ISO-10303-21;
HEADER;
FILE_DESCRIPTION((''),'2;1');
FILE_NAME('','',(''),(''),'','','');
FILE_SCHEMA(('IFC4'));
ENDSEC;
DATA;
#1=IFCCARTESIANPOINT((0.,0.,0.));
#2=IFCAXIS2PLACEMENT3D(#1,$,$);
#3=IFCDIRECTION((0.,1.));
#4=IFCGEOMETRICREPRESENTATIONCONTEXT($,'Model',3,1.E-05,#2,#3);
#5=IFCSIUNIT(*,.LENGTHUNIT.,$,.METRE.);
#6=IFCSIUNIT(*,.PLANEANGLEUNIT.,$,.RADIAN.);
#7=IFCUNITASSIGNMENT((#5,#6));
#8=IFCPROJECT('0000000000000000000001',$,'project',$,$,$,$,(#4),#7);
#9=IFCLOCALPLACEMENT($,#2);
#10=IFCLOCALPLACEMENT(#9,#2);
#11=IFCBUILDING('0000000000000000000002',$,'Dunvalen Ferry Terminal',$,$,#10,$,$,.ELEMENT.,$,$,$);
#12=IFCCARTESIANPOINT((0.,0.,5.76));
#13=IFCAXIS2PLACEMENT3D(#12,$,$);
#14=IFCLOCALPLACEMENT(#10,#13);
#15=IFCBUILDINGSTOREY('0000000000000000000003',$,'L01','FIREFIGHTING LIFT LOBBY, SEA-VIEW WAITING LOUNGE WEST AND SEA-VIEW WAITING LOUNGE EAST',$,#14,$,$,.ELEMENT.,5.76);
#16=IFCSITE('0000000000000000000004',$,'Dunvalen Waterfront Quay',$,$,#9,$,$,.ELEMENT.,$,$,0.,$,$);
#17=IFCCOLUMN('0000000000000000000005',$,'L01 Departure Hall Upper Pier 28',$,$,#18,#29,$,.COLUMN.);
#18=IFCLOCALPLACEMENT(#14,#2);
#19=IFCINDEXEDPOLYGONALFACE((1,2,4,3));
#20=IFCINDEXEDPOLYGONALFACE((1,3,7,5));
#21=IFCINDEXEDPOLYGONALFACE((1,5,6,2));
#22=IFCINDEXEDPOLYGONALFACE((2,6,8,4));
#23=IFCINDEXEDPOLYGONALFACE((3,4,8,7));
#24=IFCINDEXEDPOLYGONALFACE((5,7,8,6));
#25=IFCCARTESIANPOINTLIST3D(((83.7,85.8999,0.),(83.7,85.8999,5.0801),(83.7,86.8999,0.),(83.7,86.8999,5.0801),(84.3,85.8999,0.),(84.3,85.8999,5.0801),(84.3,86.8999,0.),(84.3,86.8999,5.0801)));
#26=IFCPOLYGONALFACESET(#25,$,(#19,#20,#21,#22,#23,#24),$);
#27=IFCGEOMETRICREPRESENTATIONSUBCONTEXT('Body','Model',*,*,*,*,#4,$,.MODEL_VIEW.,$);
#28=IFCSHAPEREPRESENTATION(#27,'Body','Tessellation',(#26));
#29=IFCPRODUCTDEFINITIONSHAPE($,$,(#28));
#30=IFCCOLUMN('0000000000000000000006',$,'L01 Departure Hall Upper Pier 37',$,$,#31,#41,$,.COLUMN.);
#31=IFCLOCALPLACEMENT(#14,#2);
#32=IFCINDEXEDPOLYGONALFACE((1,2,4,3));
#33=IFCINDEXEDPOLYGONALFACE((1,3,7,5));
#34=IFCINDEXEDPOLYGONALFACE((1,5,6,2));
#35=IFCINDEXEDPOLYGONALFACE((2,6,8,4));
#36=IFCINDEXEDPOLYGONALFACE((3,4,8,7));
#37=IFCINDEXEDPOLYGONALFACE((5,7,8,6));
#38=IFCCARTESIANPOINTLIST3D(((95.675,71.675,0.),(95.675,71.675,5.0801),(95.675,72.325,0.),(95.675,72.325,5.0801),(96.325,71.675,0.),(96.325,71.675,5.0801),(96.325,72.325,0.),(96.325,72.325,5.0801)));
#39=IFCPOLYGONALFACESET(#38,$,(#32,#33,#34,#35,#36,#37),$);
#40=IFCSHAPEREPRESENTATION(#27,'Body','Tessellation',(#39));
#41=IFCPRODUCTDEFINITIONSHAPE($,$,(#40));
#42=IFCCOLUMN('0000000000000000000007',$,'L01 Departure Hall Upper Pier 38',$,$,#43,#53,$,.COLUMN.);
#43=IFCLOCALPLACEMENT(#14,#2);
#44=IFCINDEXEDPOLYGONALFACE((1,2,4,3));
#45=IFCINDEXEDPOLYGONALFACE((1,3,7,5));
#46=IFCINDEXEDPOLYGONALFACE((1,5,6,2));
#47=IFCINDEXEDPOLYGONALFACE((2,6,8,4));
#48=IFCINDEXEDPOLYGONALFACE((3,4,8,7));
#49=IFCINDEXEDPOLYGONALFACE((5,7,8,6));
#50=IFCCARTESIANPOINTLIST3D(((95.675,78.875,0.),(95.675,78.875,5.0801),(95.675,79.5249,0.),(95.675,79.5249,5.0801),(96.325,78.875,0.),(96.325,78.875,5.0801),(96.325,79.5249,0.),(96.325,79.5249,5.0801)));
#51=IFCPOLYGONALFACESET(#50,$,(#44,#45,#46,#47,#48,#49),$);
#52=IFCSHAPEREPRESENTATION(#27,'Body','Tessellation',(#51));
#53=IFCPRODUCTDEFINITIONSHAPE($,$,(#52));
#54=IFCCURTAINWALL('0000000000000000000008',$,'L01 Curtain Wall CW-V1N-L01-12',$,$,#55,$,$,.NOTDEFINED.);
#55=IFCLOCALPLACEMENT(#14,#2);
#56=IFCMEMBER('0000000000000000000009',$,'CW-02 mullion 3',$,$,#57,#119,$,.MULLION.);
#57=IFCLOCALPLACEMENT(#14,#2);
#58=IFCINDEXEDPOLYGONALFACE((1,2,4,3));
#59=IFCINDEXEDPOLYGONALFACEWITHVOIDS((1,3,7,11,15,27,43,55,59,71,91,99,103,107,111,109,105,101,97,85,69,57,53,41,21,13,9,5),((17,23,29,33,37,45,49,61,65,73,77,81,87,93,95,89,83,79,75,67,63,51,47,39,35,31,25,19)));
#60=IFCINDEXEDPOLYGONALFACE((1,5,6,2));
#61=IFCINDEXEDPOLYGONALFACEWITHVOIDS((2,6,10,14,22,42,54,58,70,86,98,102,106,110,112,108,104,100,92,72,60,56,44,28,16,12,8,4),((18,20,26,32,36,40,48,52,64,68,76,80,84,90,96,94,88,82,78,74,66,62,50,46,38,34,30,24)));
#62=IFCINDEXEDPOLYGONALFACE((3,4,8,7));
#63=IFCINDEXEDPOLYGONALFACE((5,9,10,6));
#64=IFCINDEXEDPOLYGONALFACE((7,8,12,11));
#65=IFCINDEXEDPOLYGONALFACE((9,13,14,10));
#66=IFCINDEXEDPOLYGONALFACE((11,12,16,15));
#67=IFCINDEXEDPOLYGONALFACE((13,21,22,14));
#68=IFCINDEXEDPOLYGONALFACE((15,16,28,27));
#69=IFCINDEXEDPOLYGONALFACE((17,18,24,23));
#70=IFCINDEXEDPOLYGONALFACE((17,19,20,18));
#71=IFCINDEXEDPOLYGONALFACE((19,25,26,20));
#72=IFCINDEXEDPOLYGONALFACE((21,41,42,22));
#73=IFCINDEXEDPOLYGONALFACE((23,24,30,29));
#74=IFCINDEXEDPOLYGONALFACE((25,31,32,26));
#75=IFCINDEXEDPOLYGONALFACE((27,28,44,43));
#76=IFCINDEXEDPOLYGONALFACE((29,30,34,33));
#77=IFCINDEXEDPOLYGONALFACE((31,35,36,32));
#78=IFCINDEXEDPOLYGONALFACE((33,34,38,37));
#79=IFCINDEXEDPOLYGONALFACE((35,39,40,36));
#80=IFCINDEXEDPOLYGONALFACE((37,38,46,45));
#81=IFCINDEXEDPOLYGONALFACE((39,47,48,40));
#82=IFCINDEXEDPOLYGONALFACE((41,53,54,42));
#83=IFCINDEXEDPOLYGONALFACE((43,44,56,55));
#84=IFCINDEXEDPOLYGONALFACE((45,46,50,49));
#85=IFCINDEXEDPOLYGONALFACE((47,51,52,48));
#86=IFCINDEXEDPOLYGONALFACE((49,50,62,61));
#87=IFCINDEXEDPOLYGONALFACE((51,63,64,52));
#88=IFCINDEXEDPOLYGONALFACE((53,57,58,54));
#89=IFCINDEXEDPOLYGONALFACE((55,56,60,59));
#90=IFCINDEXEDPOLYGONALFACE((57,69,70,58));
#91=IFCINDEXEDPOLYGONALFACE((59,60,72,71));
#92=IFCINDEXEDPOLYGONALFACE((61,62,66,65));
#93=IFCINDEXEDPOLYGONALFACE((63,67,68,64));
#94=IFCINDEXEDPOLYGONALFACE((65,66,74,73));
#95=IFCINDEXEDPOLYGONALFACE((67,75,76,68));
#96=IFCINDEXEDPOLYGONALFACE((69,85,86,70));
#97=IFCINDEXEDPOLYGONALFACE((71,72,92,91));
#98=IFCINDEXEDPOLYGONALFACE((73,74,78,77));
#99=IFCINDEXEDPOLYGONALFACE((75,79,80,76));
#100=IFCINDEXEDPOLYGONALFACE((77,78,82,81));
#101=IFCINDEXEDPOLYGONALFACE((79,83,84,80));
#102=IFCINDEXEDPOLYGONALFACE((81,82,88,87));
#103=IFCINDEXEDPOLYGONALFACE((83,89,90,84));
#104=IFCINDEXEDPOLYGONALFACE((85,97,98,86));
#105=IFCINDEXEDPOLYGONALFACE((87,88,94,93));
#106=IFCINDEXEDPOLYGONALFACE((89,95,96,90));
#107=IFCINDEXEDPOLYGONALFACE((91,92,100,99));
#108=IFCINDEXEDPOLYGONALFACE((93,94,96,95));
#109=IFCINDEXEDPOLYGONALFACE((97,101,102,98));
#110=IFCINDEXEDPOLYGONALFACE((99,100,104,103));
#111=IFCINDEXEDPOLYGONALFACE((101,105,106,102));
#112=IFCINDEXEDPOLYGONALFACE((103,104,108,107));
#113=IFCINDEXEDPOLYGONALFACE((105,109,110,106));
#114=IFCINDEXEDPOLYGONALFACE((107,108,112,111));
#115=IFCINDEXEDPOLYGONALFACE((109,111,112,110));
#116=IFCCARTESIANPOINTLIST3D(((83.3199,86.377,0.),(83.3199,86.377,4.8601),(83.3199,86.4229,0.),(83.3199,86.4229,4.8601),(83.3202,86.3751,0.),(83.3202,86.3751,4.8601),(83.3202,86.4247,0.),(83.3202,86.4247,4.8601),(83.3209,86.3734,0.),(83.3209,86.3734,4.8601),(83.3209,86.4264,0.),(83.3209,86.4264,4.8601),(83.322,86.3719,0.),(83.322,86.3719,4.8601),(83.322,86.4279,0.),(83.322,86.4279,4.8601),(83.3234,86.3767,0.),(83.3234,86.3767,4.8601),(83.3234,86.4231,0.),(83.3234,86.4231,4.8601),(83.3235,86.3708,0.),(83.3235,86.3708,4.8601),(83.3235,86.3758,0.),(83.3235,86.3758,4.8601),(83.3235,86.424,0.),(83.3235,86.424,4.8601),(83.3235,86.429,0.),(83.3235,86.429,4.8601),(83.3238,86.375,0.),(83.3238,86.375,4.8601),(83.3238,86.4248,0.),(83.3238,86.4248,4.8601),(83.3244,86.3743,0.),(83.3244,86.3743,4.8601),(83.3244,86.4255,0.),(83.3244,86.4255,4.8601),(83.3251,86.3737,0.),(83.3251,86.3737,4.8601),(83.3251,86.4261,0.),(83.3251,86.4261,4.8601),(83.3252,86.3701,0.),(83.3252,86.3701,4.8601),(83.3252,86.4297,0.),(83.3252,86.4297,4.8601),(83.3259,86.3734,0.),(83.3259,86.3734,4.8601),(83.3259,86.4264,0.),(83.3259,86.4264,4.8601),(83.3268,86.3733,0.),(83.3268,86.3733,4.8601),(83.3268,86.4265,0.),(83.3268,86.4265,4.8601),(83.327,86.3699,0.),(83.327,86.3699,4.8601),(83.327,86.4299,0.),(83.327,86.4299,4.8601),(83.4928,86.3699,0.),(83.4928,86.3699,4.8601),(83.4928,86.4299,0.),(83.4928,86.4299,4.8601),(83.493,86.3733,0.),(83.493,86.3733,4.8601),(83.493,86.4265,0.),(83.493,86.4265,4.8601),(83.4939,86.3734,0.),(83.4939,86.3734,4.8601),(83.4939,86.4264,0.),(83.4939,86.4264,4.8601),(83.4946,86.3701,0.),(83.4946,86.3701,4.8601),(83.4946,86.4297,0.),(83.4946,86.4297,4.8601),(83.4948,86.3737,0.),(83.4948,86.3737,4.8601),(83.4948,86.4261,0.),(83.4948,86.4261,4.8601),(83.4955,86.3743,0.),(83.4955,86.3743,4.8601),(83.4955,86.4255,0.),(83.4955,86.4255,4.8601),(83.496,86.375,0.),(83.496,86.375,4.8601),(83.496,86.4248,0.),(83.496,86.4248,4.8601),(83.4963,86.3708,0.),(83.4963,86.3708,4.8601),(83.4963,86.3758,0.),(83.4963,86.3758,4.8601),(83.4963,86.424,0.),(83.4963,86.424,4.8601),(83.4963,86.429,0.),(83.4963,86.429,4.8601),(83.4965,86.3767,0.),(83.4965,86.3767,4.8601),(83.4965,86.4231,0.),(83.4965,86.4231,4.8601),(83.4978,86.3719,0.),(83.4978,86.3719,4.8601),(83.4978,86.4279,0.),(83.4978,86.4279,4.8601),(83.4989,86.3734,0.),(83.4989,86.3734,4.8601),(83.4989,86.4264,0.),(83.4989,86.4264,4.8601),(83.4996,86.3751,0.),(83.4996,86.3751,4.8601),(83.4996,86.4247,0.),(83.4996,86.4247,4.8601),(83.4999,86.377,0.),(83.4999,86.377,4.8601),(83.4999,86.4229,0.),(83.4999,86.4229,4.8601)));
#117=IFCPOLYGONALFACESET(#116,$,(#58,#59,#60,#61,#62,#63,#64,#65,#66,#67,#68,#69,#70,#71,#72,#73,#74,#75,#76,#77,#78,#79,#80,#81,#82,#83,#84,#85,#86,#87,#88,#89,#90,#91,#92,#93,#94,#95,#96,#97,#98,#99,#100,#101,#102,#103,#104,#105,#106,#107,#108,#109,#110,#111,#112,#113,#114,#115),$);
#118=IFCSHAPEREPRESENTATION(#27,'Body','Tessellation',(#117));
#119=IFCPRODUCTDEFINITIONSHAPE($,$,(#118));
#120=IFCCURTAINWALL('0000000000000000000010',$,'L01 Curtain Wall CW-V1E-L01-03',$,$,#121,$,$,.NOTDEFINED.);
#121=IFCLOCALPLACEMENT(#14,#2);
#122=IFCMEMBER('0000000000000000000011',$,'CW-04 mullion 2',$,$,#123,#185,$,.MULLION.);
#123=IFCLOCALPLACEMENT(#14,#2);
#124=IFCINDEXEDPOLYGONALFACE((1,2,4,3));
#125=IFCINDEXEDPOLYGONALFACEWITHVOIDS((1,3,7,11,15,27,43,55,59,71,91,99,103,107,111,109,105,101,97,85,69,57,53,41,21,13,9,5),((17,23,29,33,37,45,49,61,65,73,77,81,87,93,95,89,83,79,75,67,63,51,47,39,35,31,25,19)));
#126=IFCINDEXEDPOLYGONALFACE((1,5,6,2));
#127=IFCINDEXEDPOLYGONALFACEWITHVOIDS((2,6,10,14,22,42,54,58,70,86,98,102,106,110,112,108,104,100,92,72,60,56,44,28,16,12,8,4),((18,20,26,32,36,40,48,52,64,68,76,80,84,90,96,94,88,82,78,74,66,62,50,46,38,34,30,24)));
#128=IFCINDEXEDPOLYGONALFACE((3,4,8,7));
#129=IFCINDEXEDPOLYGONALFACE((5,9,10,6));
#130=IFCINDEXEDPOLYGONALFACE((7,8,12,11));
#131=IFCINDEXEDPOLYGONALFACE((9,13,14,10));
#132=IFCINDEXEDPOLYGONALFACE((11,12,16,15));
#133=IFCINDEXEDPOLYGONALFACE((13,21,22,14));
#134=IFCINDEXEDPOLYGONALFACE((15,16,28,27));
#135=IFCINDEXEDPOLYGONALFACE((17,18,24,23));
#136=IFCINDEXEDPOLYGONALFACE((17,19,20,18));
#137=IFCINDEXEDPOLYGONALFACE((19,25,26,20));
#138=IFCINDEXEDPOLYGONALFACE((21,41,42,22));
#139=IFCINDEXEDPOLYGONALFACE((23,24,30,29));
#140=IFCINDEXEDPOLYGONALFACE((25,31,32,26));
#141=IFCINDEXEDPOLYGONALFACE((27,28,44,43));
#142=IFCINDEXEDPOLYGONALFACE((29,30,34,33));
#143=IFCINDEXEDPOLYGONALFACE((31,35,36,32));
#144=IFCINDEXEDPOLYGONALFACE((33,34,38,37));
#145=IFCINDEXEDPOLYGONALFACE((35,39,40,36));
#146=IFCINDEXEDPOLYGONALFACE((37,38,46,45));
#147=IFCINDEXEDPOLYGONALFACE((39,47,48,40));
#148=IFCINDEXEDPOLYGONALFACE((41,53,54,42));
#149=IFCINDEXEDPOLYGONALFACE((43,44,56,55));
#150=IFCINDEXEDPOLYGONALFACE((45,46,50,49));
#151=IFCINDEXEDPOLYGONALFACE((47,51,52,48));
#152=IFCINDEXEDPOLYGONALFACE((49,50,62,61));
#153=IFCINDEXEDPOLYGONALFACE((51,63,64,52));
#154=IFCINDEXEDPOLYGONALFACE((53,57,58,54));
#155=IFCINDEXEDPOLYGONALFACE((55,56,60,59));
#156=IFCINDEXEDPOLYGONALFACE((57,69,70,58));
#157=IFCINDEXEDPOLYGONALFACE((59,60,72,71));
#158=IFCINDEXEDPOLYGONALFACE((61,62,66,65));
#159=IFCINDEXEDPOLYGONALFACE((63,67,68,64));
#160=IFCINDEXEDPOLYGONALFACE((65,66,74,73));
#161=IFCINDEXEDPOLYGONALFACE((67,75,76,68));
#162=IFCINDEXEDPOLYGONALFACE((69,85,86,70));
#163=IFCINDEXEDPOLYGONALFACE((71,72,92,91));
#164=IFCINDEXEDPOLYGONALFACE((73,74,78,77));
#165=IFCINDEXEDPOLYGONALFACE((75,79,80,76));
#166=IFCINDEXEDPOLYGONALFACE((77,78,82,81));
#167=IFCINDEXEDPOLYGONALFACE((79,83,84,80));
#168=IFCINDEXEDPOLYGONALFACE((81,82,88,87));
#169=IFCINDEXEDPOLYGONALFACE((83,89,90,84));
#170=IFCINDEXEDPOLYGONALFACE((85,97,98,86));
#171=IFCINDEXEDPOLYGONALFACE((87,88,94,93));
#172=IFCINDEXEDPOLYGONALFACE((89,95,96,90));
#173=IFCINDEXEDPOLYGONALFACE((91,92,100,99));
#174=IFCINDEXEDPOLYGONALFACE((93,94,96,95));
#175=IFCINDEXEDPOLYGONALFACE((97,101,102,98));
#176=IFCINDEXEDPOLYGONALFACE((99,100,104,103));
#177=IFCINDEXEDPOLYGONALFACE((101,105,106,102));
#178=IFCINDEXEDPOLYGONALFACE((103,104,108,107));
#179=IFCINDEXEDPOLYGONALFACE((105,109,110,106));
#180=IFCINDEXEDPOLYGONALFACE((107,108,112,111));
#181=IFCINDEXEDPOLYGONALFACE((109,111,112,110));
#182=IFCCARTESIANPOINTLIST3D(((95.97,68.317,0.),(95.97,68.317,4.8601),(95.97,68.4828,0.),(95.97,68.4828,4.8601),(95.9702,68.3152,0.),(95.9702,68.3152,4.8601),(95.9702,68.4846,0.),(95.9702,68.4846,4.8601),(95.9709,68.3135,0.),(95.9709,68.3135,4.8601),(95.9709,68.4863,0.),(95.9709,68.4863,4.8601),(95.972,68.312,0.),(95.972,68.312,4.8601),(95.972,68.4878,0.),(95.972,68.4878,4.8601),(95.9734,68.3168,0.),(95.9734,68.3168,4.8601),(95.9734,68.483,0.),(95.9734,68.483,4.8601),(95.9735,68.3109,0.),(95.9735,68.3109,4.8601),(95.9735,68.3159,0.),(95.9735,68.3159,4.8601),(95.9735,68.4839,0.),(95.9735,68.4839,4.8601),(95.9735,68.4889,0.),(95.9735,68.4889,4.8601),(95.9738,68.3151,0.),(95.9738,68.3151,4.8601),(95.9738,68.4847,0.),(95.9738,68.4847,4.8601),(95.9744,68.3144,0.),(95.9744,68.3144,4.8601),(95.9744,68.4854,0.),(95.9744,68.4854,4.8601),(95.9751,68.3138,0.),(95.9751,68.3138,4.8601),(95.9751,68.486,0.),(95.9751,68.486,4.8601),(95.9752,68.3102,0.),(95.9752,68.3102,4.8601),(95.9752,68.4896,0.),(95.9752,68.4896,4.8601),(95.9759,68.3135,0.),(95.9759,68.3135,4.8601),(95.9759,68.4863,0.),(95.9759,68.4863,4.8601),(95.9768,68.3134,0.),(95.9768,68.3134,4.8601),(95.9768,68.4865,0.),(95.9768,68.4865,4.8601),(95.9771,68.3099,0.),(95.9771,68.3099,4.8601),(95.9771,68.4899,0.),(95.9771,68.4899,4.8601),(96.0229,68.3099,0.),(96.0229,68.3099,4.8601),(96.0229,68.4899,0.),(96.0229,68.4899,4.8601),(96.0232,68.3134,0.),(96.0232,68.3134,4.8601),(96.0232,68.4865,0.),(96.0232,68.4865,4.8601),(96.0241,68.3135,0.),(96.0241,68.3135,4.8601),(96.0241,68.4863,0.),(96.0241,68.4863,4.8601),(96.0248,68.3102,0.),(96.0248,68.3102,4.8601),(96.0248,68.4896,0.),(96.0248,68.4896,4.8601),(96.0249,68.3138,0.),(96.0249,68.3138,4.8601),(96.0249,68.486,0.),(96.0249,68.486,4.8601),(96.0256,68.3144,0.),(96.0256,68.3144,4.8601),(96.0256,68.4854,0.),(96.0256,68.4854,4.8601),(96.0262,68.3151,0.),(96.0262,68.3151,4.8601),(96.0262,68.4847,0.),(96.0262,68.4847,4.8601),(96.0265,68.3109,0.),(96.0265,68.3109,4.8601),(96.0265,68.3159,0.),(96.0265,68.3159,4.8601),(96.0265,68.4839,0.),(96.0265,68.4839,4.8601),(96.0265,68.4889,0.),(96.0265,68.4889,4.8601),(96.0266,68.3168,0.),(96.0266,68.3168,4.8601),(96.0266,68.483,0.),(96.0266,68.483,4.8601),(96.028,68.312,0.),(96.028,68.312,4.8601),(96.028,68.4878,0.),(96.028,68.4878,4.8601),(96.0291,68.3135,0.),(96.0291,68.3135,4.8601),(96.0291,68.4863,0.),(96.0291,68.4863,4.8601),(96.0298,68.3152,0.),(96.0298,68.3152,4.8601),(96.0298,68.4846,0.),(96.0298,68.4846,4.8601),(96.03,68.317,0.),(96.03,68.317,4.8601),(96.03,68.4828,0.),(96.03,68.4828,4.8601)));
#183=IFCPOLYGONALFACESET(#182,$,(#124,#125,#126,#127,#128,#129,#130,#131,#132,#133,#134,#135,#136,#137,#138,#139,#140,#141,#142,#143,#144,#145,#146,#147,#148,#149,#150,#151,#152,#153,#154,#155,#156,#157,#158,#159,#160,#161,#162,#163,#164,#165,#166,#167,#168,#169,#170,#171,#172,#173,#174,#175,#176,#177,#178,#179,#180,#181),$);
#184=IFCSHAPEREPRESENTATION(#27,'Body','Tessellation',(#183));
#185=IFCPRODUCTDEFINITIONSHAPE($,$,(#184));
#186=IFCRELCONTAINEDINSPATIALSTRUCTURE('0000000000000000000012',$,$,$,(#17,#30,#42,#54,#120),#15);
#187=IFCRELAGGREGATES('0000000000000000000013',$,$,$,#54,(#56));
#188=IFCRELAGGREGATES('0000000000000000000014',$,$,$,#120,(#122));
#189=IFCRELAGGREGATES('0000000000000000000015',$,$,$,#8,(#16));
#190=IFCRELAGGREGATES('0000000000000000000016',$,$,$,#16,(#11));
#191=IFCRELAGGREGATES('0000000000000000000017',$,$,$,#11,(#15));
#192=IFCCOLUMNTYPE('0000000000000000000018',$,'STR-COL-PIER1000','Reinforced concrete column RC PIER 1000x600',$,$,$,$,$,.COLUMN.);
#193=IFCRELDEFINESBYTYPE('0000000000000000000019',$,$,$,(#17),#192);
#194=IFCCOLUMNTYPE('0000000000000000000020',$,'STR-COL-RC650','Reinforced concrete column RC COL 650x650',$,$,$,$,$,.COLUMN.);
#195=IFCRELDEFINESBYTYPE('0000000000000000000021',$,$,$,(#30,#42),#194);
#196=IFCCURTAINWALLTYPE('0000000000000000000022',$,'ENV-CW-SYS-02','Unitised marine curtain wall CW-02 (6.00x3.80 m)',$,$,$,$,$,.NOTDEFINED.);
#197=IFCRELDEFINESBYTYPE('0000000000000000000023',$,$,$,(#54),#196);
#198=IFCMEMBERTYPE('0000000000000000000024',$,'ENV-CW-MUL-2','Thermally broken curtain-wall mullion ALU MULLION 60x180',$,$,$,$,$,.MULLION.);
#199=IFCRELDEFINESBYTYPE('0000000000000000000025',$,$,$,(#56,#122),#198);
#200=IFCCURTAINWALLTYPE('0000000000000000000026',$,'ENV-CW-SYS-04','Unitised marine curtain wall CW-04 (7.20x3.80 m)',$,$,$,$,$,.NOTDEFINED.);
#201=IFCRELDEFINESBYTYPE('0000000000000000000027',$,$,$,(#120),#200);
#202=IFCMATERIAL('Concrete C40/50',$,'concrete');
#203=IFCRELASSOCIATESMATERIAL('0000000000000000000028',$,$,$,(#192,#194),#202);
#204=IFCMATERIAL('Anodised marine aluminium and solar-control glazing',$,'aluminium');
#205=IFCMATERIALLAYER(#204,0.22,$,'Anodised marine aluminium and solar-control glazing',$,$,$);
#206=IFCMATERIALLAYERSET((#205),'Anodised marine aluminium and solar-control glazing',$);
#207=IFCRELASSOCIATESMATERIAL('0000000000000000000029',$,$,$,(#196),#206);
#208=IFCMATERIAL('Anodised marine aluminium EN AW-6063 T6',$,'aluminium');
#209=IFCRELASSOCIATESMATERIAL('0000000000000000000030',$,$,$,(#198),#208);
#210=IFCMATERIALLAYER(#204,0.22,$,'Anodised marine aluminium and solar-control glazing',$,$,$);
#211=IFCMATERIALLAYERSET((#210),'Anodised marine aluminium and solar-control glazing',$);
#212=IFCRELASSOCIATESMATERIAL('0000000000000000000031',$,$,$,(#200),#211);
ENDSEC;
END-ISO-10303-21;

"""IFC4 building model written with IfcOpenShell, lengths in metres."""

from ifc_helpers import new_model, si_unit, direction, frame, origin, origin_2d, place, context, subcontext, project, spatial, rectangle, hollow_rectangle, extrude, material, layer, layer_set, material_profile, profile_set, type_object, element, aggregate, save


model = new_model("IFC4")

# Units and contexts
model_context = context("Model", 3, precision=1e-05, world=origin(), true_north=direction((0.0, 1.0)))
body_context = subcontext(model_context, "Body", "Model", "MODEL_VIEW")
ifc_project = project(units=[si_unit("LENGTHUNIT", "METRE"), si_unit("PLANEANGLEUNIT", "RADIAN")], contexts=[model_context])

# Site, building, storey
site_placement = place(None, origin())
site = spatial("IfcSite", under=ifc_project, at=site_placement, Name="Dunvalen Waterfront Quay", CompositionType="ELEMENT", RefElevation=0.0)
building_placement = place(site_placement, origin())
building = spatial("IfcBuilding", under=site, at=building_placement, Name="Dunvalen Ferry Terminal", CompositionType="ELEMENT")
storey_placement = place(building_placement, frame((0.0, 0.0, 5.76)))
storey = spatial("IfcBuildingStorey", under=building, at=storey_placement, Name="L01", Description="FIREFIGHTING LIFT LOBBY, SEA-VIEW WAITING LOUNGE WEST AND SEA-VIEW WAITING LOUNGE EAST", CompositionType="ELEMENT", Elevation=5.76)

# Columns
ifc_material_1 = material(Name="Concrete C40/50", Category="concrete")
ifc_material_profile_1 = material_profile(ifc_material_1, rectangle(XDim=0.6001, YDim=1.0, at=origin_2d()), Name="Concrete C40/50")
ifc_profile_set_1 = profile_set([ifc_material_profile_1], Name="Concrete C40/50")
column_type_1 = type_object("IfcColumnType", Name="STR-COL-PIER1000", Description="Reinforced concrete column RC PIER 1000x600", PredefinedType="COLUMN", material=ifc_profile_set_1)
column_placement = place(storey_placement, frame((84.0, 86.3999, 0.0), z_axis=(0.0, 0.0, 1.0), x_axis=(1.0, 0.0, 0.0)))
element("IfcColumn", 1, at=column_placement, inside=storey, type_object=column_type_1, Name="L01 Departure Hall Upper Pier 28", PredefinedType="COLUMN", context=body_context, shape_type="SweptSolid", body=[
    extrude(rectangle(XDim=0.6001, YDim=1.0, at=origin_2d()), origin(), (0.0, 0.0, 1.0), 5.0801),
])
ifc_material_profile_2 = material_profile(ifc_material_1, rectangle(XDim=0.6499, YDim=0.6499, at=origin_2d()), Name="Concrete C40/50")
ifc_profile_set_2 = profile_set([ifc_material_profile_2], Name="Concrete C40/50")
column_type_2 = type_object("IfcColumnType", Name="STR-COL-RC650", Description="Reinforced concrete column RC COL 650x650", PredefinedType="COLUMN", material=ifc_profile_set_2)
for number, where, z_axis, x_axis, name in (
    (2, (96.0, 72.0, 0.0), (0.0, 0.0, 1.0), (1.0, 0.0, 0.0), "L01 Departure Hall Upper Pier 37"),
    (3, (96.0, 79.2, 0.0), (0.0, 0.0, 1.0), (1.0, 0.0, 0.0), "L01 Departure Hall Upper Pier 38"),
):
    element("IfcColumn", number, at=place(storey_placement, frame(where, z_axis=z_axis, x_axis=x_axis)), inside=storey, type_object=column_type_2, Name=name, PredefinedType="COLUMN", context=body_context, shape_type="SweptSolid", body=[
        extrude(rectangle(XDim=0.6499, YDim=0.6499, at=origin_2d()), origin(), (0.0, 0.0, 1.0), 5.0801),
    ])

# Curtain wall, member
ifc_material_2 = material(Name="Anodised marine aluminium and solar-control glazing", Category="aluminium")
ifc_layer_1 = layer(ifc_material_2, 0.22, Name="Anodised marine aluminium and solar-control glazing")
ifc_layer_set_1 = layer_set([ifc_layer_1], Name="Anodised marine aluminium and solar-control glazing")
curtain_wall_type_1 = type_object("IfcCurtainWallType", Name="ENV-CW-SYS-02", Description="Unitised marine curtain wall CW-02 (6.00x3.80 m)", PredefinedType="NOTDEFINED", material=ifc_layer_set_1)
curtain_wall_1_placement = place(storey_placement, origin())
curtain_wall_1 = element("IfcCurtainWall", 4, at=curtain_wall_1_placement, inside=storey, type_object=curtain_wall_type_1, Name="L01 Curtain Wall CW-V1N-L01-12", PredefinedType="NOTDEFINED")
ifc_material_3 = material(Name="Anodised marine aluminium EN AW-6063 T6", Category="aluminium")
ifc_material_profile_3 = material_profile(ifc_material_3, hollow_rectangle(XDim=0.0601, YDim=0.1799, WallThickness=0.0034, InnerFilletRadius=0.0034, OuterFilletRadius=0.0071, at=origin_2d()), Name="Anodised marine aluminium EN AW-6063 T6")
ifc_profile_set_3 = profile_set([ifc_material_profile_3], Name="Anodised marine aluminium EN AW-6063 T6")
member_type_1 = type_object("IfcMemberType", Name="ENV-CW-MUL-2", Description="Thermally broken curtain-wall mullion ALU MULLION 60x180", PredefinedType="MULLION", material=ifc_profile_set_3)
member_1_placement = place(storey_placement, frame((83.4099, 86.3999, 0.0), z_axis=(0.0, 0.0, 1.0), x_axis=(0.0, 1.0, 0.0)))
member_1 = element("IfcMember", 5, at=member_1_placement, type_object=member_type_1, Name="CW-02 mullion 3", PredefinedType="MULLION", context=body_context, shape_type="SweptSolid", body=[
    extrude(hollow_rectangle(XDim=0.0601, YDim=0.1799, WallThickness=0.0034, InnerFilletRadius=0.0034, OuterFilletRadius=0.0071, at=origin_2d()), origin(), (0.0, 0.0, 1.0), 4.8601),
])

# Curtain wall, member
ifc_layer_2 = layer(ifc_material_2, 0.22, Name="Anodised marine aluminium and solar-control glazing")
ifc_layer_set_2 = layer_set([ifc_layer_2], Name="Anodised marine aluminium and solar-control glazing")
curtain_wall_type_2 = type_object("IfcCurtainWallType", Name="ENV-CW-SYS-04", Description="Unitised marine curtain wall CW-04 (7.20x3.80 m)", PredefinedType="NOTDEFINED", material=ifc_layer_set_2)
curtain_wall_2_placement = place(storey_placement, origin())
curtain_wall_2 = element("IfcCurtainWall", 6, at=curtain_wall_2_placement, inside=storey, type_object=curtain_wall_type_2, Name="L01 Curtain Wall CW-V1E-L01-03", PredefinedType="NOTDEFINED")
member_2_placement = place(storey_placement, frame((96.0, 68.3999, 0.0), z_axis=(0.0, 0.0, 1.0), x_axis=(-1.0, 0.0, 0.0)))
member_2 = element("IfcMember", 7, at=member_2_placement, type_object=member_type_1, Name="CW-04 mullion 2", PredefinedType="MULLION", context=body_context, shape_type="SweptSolid", body=[
    extrude(hollow_rectangle(XDim=0.0601, YDim=0.1799, WallThickness=0.0034, InnerFilletRadius=0.0034, OuterFilletRadius=0.0071, at=origin_2d()), origin(), (0.0, 0.0, 1.0), 4.8601),
])

aggregate(curtain_wall_1, [member_1])
aggregate(curtain_wall_2, [member_2])

save(model, "model.ifc")
